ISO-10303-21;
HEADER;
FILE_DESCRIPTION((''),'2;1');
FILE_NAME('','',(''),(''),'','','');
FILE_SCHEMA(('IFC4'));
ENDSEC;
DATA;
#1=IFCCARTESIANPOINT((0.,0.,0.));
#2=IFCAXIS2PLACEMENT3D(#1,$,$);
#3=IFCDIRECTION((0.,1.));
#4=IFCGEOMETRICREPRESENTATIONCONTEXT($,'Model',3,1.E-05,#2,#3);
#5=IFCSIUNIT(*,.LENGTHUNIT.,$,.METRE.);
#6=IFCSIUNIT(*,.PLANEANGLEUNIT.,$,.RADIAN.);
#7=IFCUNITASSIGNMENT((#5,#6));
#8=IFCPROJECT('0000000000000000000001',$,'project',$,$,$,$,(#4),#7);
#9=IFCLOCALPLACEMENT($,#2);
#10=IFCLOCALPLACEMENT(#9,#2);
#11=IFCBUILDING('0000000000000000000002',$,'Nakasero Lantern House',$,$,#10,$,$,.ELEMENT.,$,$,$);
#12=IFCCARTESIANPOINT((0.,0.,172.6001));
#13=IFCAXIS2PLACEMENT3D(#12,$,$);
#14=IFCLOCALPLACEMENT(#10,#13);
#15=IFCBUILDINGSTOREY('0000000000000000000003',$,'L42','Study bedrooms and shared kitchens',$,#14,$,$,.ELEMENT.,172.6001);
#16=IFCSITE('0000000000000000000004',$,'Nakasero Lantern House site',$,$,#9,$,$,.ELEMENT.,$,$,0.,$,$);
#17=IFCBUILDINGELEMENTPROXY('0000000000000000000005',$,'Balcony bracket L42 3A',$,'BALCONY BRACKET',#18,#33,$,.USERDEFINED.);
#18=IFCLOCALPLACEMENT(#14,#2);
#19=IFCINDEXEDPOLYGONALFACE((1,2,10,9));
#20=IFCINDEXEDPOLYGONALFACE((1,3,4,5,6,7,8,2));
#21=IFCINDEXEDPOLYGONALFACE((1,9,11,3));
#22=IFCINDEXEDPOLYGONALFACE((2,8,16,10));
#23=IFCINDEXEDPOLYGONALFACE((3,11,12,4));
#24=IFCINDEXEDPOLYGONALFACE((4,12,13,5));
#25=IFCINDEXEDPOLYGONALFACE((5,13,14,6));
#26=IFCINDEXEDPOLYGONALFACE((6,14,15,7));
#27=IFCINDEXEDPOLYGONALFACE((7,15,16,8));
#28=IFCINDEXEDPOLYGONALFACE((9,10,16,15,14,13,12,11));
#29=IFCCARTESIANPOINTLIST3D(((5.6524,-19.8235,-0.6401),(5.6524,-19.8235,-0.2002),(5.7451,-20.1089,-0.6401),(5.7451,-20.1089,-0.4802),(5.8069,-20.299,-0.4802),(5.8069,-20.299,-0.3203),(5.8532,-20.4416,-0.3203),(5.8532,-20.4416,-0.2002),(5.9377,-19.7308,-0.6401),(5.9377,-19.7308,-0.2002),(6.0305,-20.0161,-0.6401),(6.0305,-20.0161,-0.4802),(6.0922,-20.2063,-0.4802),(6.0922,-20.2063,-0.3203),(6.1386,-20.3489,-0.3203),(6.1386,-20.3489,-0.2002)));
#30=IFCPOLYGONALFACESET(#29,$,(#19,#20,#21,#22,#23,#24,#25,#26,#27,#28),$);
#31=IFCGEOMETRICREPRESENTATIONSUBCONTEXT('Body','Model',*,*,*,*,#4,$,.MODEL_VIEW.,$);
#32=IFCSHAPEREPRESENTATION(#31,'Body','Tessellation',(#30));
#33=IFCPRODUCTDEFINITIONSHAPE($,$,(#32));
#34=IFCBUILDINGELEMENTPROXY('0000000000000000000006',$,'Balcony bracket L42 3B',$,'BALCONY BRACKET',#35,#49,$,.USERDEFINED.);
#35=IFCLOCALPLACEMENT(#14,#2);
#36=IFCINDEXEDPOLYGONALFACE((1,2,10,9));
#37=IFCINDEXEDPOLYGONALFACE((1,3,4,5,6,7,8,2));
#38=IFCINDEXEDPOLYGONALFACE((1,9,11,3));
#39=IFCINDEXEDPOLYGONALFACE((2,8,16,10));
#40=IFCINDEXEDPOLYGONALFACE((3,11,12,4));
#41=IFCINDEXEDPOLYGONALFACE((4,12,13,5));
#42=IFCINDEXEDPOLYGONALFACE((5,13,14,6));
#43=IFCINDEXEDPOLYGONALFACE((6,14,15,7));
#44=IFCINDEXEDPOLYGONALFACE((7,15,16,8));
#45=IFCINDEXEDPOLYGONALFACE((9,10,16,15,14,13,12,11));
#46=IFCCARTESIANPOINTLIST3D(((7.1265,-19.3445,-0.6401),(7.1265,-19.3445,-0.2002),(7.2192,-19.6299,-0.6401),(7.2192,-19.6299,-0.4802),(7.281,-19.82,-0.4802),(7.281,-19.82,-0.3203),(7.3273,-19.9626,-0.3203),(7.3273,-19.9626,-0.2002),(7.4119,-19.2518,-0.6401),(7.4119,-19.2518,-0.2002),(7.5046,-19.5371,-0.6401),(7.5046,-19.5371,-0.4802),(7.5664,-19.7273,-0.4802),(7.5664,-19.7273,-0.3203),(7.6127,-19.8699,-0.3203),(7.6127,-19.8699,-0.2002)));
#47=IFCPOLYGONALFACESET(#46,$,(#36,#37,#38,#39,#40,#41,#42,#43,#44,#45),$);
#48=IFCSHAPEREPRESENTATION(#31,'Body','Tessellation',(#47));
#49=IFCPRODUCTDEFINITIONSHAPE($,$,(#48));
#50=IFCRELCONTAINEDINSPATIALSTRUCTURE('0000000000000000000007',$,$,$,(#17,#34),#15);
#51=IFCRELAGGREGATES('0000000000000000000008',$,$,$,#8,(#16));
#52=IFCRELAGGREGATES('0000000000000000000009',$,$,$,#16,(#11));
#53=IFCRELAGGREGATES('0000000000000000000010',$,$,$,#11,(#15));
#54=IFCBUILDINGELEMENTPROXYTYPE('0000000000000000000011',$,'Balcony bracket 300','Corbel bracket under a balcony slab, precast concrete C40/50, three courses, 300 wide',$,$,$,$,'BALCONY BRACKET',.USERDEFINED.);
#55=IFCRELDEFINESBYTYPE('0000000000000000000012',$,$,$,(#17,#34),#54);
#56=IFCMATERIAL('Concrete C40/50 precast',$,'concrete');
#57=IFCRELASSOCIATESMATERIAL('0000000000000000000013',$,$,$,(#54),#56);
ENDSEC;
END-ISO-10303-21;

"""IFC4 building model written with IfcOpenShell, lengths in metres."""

from ifc_helpers import new_model, si_unit, direction, frame, origin, place, context, subcontext, project, spatial, polyline, outline, extrude, material, type_object, element, save


model = new_model("IFC4")

# Units and contexts
model_context = context("Model", 3, precision=1e-05, world=origin(), true_north=direction((0.0, 1.0)))
body_context = subcontext(model_context, "Body", "Model", "MODEL_VIEW")
ifc_project = project(units=[si_unit("LENGTHUNIT", "METRE"), si_unit("PLANEANGLEUNIT", "RADIAN")], contexts=[model_context])

# Site, building, storey
site_placement = place(None, origin())
site = spatial("IfcSite", under=ifc_project, at=site_placement, Name="Nakasero Lantern House site", CompositionType="ELEMENT", RefElevation=0.0)
building_placement = place(site_placement, origin())
building = spatial("IfcBuilding", under=site, at=building_placement, Name="Nakasero Lantern House", CompositionType="ELEMENT")
storey_placement = place(building_placement, frame((0.0, 0.0, 172.6001)))
storey = spatial("IfcBuildingStorey", under=building, at=storey_placement, Name="L42", Description="Study bedrooms and shared kitchens", CompositionType="ELEMENT", Elevation=172.6001)

# Building element proxies
ifc_material_1 = material(Name="Concrete C40/50 precast", Category="concrete")
building_element_proxy_type = type_object("IfcBuildingElementProxyType", Name="Balcony bracket 300", Description="Corbel bracket under a balcony slab, precast concrete C40/50, three courses, 300 wide", ElementType="BALCONY BRACKET", PredefinedType="USERDEFINED", material=ifc_material_1)
for number, where, z_axis, x_axis, name in (
    (1, (5.7952, -19.7771, -0.2002), (0.0, 0.0, 1.0), (0.309017, -0.951057, 0.0), "Balcony bracket L42 3A"),
    (2, (7.2693, -19.2981, -0.2002), (0.0, 0.0, 1.0), (0.309017, -0.951057, 0.0), "Balcony bracket L42 3B"),
):
    element("IfcBuildingElementProxy", number, at=place(storey_placement, frame(where, z_axis=z_axis, x_axis=x_axis)), inside=storey, type_object=building_element_proxy_type, Name=name, ObjectType="BALCONY BRACKET", PredefinedType="USERDEFINED", context=body_context, shape_type="SweptSolid", body=[
        extrude(outline(polyline([(0.0, 0.0), (0.6499, 0.0), (0.6499, -0.1201), (0.5, -0.1201), (0.5, -0.28), (0.3, -0.28), (0.3, -0.4399), (0.0, -0.4399), (0.0, 0.0)])), frame((0.0, 0.1499, 0.0), z_axis=(0.0, -1.0, 0.0), x_axis=(1.0, 0.0, 0.0)), (0.0, 0.0, 1.0), 0.3),
    ])

save(model, "model.ifc")
